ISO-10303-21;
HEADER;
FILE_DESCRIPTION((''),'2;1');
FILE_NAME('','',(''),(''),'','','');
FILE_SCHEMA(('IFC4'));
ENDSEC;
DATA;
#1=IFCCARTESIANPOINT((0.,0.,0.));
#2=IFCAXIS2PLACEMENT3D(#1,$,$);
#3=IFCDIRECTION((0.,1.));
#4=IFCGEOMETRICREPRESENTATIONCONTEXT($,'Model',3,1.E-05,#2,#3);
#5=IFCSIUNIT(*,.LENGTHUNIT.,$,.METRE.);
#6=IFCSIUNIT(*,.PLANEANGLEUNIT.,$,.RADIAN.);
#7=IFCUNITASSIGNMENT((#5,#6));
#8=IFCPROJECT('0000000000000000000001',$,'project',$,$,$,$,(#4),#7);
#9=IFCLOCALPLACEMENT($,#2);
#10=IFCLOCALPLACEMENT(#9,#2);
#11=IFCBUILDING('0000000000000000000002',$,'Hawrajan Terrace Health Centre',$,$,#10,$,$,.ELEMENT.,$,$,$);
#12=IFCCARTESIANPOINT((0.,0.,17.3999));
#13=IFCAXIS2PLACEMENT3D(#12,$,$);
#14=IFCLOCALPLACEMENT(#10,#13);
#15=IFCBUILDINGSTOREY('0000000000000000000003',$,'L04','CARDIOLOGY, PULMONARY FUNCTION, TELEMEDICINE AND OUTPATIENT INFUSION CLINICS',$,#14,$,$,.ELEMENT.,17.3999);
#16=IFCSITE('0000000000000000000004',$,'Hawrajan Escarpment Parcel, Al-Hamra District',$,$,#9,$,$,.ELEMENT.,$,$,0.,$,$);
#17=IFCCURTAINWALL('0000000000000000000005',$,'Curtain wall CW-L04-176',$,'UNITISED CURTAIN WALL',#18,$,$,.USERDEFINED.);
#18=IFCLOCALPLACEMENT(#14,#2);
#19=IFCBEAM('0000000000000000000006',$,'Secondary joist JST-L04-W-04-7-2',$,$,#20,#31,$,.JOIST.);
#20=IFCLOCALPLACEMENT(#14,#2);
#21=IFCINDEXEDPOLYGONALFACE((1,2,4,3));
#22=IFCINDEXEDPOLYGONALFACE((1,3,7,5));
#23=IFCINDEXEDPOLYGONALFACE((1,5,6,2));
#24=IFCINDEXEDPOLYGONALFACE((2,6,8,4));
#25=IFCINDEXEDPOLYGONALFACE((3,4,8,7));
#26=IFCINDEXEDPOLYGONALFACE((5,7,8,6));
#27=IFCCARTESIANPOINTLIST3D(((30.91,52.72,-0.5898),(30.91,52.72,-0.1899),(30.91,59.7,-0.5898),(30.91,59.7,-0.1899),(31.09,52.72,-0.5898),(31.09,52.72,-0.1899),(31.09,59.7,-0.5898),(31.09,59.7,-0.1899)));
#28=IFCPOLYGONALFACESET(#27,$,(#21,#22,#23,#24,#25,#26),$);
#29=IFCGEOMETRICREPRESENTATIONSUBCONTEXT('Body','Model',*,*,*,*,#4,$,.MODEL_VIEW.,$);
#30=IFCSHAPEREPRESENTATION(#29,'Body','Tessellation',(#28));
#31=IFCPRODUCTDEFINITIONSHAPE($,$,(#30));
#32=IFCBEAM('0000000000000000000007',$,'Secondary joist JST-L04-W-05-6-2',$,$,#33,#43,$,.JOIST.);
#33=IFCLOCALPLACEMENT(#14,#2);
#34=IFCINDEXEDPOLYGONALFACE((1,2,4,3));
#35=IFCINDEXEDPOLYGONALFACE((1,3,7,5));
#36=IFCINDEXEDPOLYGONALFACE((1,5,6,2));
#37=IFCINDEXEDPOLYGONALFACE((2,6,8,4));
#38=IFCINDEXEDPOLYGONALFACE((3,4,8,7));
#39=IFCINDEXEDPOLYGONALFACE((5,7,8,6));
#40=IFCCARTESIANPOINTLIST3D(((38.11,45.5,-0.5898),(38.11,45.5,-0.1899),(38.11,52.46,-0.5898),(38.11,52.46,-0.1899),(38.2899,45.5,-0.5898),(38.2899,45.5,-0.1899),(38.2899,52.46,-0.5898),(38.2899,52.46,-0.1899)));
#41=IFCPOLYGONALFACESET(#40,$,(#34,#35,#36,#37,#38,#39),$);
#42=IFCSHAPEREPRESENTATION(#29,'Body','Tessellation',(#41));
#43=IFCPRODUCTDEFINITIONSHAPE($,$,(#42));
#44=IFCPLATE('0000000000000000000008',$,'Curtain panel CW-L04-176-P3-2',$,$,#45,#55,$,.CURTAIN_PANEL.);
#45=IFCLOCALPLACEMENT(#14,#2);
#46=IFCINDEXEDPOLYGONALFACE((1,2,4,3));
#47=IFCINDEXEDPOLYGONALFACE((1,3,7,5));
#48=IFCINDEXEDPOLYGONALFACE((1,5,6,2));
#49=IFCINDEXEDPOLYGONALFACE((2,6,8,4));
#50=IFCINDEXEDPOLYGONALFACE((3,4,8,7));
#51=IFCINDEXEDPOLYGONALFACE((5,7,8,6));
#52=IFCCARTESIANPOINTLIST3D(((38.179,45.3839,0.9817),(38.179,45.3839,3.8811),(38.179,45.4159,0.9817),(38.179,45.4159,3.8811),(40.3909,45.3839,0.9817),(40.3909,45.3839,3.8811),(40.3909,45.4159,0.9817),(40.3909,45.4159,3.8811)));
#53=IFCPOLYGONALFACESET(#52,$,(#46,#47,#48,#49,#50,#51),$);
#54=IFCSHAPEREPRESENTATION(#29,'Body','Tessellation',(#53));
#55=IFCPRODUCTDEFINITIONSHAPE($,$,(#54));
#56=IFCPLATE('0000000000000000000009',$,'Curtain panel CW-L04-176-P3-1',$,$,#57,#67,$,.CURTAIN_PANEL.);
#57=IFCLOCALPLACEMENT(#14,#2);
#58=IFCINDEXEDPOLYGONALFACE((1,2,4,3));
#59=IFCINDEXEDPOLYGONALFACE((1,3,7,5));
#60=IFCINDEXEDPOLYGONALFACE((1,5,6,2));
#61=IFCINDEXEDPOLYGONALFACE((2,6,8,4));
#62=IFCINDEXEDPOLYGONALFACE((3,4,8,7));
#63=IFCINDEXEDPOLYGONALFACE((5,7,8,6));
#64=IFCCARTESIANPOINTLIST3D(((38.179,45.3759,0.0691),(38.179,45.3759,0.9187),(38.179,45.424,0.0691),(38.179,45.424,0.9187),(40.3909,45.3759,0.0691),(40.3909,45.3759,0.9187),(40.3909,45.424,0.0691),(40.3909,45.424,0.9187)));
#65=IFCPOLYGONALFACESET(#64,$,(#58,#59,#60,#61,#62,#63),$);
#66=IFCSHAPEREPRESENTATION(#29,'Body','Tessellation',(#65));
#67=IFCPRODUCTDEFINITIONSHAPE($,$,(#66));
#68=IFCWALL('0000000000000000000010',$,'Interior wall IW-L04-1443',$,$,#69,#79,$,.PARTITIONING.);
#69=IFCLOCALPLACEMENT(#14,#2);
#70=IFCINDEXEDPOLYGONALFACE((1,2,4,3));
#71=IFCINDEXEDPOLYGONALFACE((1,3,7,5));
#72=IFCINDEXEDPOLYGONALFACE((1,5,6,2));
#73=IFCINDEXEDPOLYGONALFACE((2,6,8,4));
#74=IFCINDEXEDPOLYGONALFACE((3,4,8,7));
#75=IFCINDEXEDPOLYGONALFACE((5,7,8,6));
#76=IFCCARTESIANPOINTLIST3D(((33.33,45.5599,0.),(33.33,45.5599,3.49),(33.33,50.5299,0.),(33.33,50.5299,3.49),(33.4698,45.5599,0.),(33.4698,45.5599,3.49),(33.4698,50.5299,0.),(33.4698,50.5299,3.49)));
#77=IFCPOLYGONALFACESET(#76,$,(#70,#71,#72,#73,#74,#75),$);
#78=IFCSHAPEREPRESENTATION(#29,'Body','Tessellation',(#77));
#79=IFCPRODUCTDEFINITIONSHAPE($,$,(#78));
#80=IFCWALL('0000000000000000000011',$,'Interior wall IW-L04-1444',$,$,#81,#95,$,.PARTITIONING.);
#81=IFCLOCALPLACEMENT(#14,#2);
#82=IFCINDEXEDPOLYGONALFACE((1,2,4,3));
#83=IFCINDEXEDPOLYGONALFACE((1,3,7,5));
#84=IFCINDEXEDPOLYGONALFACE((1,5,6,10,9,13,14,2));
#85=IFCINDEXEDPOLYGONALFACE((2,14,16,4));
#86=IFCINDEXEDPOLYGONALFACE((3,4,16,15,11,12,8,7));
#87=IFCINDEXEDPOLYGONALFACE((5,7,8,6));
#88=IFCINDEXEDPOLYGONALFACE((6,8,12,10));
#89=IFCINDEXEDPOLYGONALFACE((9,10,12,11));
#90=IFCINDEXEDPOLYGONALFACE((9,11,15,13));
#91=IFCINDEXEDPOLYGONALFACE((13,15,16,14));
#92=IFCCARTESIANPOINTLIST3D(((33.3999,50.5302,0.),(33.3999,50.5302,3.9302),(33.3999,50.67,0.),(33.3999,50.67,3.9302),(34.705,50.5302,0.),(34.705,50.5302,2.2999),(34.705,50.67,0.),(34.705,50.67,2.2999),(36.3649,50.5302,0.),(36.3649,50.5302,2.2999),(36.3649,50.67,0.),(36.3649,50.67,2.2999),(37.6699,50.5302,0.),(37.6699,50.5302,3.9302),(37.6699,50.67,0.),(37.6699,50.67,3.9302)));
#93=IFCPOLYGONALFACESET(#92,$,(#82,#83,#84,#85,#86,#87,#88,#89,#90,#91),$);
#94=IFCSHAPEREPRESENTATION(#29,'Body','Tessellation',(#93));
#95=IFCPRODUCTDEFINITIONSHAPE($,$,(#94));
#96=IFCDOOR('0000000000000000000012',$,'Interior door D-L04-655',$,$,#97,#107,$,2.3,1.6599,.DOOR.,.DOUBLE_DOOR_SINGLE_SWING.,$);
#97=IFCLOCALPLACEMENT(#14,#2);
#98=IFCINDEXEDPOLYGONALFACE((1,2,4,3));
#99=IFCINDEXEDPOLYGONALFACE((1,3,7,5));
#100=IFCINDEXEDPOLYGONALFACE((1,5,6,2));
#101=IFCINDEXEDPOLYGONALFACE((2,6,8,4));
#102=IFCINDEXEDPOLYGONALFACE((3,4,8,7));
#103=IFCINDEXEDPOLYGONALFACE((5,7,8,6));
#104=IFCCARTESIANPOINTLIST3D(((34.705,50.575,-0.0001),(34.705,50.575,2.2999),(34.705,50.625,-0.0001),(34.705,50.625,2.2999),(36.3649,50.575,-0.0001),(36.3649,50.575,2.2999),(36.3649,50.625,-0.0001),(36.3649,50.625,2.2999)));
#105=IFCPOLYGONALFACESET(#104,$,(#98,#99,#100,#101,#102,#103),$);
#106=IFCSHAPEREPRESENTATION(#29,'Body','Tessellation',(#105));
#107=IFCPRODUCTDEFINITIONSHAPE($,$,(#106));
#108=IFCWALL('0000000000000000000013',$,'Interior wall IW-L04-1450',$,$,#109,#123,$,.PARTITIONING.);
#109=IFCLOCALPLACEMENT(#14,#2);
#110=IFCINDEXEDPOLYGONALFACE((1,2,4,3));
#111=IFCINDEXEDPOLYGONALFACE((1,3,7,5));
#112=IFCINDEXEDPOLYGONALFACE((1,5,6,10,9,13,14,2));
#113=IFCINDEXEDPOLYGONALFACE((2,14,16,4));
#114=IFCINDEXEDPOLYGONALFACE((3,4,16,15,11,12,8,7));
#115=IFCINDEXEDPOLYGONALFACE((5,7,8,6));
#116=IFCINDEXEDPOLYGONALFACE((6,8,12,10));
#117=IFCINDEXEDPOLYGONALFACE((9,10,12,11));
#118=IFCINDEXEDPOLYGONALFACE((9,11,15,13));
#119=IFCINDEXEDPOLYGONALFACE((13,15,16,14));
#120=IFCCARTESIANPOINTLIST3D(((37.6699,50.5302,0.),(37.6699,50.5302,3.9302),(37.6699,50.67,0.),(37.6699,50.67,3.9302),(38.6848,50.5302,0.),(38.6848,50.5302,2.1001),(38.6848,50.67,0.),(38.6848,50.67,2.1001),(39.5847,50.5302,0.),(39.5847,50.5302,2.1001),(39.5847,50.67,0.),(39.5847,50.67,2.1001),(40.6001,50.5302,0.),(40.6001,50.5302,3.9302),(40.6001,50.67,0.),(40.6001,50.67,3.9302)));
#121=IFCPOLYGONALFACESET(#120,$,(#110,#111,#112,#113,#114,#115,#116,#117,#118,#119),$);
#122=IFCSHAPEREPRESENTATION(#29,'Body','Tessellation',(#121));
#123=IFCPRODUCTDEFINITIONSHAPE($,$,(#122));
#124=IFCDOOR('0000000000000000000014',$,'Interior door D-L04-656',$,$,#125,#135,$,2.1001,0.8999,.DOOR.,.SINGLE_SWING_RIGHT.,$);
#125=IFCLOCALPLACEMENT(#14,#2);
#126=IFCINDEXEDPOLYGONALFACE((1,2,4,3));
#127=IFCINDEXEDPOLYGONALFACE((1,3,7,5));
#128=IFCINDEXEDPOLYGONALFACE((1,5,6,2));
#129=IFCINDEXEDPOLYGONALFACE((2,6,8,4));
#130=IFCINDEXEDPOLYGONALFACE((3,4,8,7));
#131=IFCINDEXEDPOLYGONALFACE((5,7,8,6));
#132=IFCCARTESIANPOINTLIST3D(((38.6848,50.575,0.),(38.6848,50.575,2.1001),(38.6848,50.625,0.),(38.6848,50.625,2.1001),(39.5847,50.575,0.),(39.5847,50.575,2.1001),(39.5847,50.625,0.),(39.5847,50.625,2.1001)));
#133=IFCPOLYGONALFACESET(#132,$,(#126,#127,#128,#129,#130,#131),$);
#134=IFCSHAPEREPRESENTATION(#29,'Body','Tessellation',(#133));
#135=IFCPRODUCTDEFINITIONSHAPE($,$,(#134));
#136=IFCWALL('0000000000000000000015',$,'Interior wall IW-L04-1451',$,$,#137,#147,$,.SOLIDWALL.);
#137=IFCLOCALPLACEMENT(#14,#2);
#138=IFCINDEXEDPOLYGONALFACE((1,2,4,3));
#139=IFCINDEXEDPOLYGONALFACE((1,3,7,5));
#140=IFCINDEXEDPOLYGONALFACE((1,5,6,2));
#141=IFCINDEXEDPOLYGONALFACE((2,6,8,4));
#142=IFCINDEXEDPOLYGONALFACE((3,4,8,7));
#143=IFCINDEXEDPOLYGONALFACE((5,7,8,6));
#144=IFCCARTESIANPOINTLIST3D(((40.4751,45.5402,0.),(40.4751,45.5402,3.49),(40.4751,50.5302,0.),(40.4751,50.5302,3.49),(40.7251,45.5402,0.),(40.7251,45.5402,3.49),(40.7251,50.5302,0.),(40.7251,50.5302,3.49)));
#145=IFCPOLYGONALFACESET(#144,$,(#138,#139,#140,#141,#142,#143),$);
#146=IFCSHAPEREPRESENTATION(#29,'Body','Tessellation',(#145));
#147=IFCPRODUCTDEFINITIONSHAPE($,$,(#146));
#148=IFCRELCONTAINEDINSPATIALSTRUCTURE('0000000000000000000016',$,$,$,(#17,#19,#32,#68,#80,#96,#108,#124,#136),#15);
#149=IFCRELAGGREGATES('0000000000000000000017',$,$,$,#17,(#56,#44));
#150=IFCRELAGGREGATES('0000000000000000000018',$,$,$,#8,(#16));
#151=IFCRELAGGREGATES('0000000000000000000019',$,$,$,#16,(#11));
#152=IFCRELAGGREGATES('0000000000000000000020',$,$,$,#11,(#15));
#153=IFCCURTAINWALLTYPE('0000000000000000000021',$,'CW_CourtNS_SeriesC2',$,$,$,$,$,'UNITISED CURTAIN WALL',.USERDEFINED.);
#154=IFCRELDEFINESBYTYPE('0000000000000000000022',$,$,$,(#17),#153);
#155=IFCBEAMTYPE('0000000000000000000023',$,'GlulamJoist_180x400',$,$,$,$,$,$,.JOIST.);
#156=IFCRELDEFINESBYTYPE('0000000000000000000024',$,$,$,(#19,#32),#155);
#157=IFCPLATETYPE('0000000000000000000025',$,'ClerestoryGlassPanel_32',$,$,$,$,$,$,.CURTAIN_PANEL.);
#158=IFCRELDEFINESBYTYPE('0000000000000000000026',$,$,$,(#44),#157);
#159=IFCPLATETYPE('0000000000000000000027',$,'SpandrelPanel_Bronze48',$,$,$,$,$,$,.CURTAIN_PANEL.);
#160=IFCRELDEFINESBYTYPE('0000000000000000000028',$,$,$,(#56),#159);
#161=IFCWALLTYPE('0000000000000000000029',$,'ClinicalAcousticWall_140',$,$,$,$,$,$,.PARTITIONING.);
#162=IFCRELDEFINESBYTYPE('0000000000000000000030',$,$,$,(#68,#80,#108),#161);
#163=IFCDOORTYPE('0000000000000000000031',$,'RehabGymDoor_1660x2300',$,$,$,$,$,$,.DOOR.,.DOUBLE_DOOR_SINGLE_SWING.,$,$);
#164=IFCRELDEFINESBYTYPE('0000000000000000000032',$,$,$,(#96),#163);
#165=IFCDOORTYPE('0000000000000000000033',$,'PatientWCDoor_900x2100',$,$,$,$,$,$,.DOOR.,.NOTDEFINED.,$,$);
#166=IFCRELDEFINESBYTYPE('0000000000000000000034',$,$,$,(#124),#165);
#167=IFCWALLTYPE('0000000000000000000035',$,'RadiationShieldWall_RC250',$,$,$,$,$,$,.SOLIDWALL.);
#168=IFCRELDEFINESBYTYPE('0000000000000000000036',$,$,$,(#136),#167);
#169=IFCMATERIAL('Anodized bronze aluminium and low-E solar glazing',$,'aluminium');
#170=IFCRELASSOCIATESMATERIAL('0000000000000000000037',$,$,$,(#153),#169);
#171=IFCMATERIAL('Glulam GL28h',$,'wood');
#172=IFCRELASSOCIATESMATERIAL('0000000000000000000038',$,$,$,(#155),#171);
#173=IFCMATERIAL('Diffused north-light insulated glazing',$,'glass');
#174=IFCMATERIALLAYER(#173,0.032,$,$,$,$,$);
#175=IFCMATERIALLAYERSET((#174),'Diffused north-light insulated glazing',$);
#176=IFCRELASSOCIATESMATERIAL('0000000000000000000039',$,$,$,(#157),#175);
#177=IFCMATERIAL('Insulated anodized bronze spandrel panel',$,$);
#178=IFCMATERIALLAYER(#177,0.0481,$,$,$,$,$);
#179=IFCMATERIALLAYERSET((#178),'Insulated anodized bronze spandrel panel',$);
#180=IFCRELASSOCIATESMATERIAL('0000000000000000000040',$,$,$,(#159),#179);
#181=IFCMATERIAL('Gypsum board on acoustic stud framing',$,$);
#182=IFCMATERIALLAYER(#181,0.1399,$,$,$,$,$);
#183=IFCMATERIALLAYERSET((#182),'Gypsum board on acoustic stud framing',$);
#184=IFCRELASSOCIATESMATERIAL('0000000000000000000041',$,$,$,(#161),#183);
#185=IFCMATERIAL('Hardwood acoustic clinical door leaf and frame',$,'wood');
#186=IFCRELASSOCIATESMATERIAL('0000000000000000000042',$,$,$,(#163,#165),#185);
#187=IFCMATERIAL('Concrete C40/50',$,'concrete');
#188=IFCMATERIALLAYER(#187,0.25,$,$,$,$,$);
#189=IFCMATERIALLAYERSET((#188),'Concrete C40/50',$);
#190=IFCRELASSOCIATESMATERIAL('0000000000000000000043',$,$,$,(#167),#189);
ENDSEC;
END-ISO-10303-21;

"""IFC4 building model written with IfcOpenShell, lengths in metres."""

from ifc_helpers import new_model, si_unit, direction, frame, frame_2d, origin, origin_2d, place, context, subcontext, project, spatial, rectangle, extrude, material, layer, layer_set, material_profile, profile_set, type_object, element, fill, aggregate, save


model = new_model("IFC4")

# Units and contexts
model_context = context("Model", 3, precision=1e-05, world=origin(), true_north=direction((0.0, 1.0)))
body_context = subcontext(model_context, "Body", "Model", "MODEL_VIEW")
ifc_project = project(units=[si_unit("LENGTHUNIT", "METRE"), si_unit("PLANEANGLEUNIT", "RADIAN")], contexts=[model_context])

# Site, building, storey
site_placement = place(None, origin())
site = spatial("IfcSite", under=ifc_project, at=site_placement, Name="Hawrajan Escarpment Parcel, Al-Hamra District", CompositionType="ELEMENT", RefElevation=0.0)
building_placement = place(site_placement, origin())
building = spatial("IfcBuilding", under=site, at=building_placement, Name="Hawrajan Terrace Health Centre", CompositionType="ELEMENT")
storey_placement = place(building_placement, frame((0.0, 0.0, 17.3999)))
storey = spatial("IfcBuildingStorey", under=building, at=storey_placement, Name="L04", Description="CARDIOLOGY, PULMONARY FUNCTION, TELEMEDICINE AND OUTPATIENT INFUSION CLINICS", CompositionType="ELEMENT", Elevation=17.3999)

# Curtain wall
ifc_material_1 = material(Name="Anodized bronze aluminium and low-E solar glazing", Category="aluminium")
curtain_wall_type = type_object("IfcCurtainWallType", Name="CW_CourtNS_SeriesC2", ElementType="UNITISED CURTAIN WALL", PredefinedType="USERDEFINED", material=ifc_material_1)
curtain_wall_placement = place(storey_placement, origin())
curtain_wall = element("IfcCurtainWall", 1, at=curtain_wall_placement, inside=storey, type_object=curtain_wall_type, Name="Curtain wall CW-L04-176", ObjectType="UNITISED CURTAIN WALL", PredefinedType="USERDEFINED")

# Beams
ifc_material_2 = material(Name="Glulam GL28h", Category="wood")
ifc_material_profile_1 = material_profile(ifc_material_2, rectangle(XDim=0.1799, YDim=0.3999, at=origin_2d()), Name="GL JST 180x400")
ifc_profile_set_1 = profile_set([ifc_material_profile_1], Name="Glulam GL28h")
beam_type_1 = type_object("IfcBeamType", Name="GlulamJoist_180x400", PredefinedType="JOIST", material=ifc_profile_set_1)
beam_1_placement = place(storey_placement, frame((31.0, 52.72, -0.3899), z_axis=(0.0, 1.0, 0.0), x_axis=(-1.0, 0.0, 0.0)))
element("IfcBeam", 2, at=beam_1_placement, inside=storey, type_object=beam_type_1, Name="Secondary joist JST-L04-W-04-7-2", PredefinedType="JOIST", context=body_context, shape_type="SweptSolid", body=[
    extrude(rectangle(XDim=0.1799, YDim=0.3999, at=origin_2d()), origin(), (0.0, 0.0, 1.0), 6.98),
])
beam_2_placement = place(storey_placement, frame((38.2, 45.5, -0.3899), z_axis=(0.0, 1.0, 0.0), x_axis=(-1.0, 0.0, 0.0)))
element("IfcBeam", 3, at=beam_2_placement, inside=storey, type_object=beam_type_1, Name="Secondary joist JST-L04-W-05-6-2", PredefinedType="JOIST", context=body_context, shape_type="SweptSolid", body=[
    extrude(rectangle(XDim=0.1799, YDim=0.3999, at=origin_2d()), origin(), (0.0, 0.0, 1.0), 6.96),
])

# Plates
ifc_material_3 = material(Name="Diffused north-light insulated glazing", Category="glass")
ifc_layer_1 = layer(ifc_material_3, 0.032)
ifc_layer_set_1 = layer_set([ifc_layer_1], Name="Diffused north-light insulated glazing")
plate_type_1 = type_object("IfcPlateType", Name="ClerestoryGlassPanel_32", PredefinedType="CURTAIN_PANEL", material=ifc_layer_set_1)
plate_1_placement = place(storey_placement, frame((39.2849, 45.3999, 0.9817), z_axis=(0.0, 0.0, 1.0), x_axis=(1.0, 0.0, 0.0)))
plate_1 = element("IfcPlate", 4, at=plate_1_placement, type_object=plate_type_1, Name="Curtain panel CW-L04-176-P3-2", PredefinedType="CURTAIN_PANEL", context=body_context, shape_type="SweptSolid", body=[
    extrude(rectangle(XDim=2.2119, YDim=0.032, at=origin_2d()), origin(), (0.0, 0.0, 1.0), 2.8994),
])
ifc_material_4 = material(Name="Insulated anodized bronze spandrel panel")
ifc_layer_2 = layer(ifc_material_4, 0.0481)
ifc_layer_set_2 = layer_set([ifc_layer_2], Name="Insulated anodized bronze spandrel panel")
plate_type_2 = type_object("IfcPlateType", Name="SpandrelPanel_Bronze48", PredefinedType="CURTAIN_PANEL", material=ifc_layer_set_2)
plate_2_placement = place(storey_placement, frame((39.2849, 45.3999, 0.0691), z_axis=(0.0, 0.0, 1.0), x_axis=(1.0, 0.0, 0.0)))
plate_2 = element("IfcPlate", 5, at=plate_2_placement, type_object=plate_type_2, Name="Curtain panel CW-L04-176-P3-1", PredefinedType="CURTAIN_PANEL", context=body_context, shape_type="SweptSolid", body=[
    extrude(rectangle(XDim=2.2119, YDim=0.0481, at=origin_2d()), origin(), (0.0, 0.0, 1.0), 0.8496),
])
aggregate(curtain_wall, [plate_2, plate_1])

# Wall
ifc_material_5 = material(Name="Gypsum board on acoustic stud framing")
ifc_layer_3 = layer(ifc_material_5, 0.1399)
ifc_layer_set_3 = layer_set([ifc_layer_3], Name="Gypsum board on acoustic stud framing")
wall_type_1 = type_object("IfcWallType", Name="ClinicalAcousticWall_140", PredefinedType="PARTITIONING", material=ifc_layer_set_3)
wall_1_placement = place(storey_placement, frame((33.3999, 45.5601, 0.0), z_axis=(0.0, 0.0, 1.0), x_axis=(0.0, 1.0, 0.0)))
element("IfcWall", 6, at=wall_1_placement, inside=storey, type_object=wall_type_1, Name="Interior wall IW-L04-1443", PredefinedType="PARTITIONING", context=body_context, shape_type="SweptSolid", body=[
    extrude(rectangle(XDim=4.97, YDim=0.1399, at=frame_2d((2.4849, 0.0))), origin(), (0.0, 0.0, 1.0), 3.49),
])

# Walls, openings, doors
wall_2_placement = place(storey_placement, frame((33.3999, 50.6001, 0.0), z_axis=(0.0, 0.0, 1.0), x_axis=(1.0, 0.0, 0.0)))
wall_2 = element("IfcWall", 7, at=wall_2_placement, inside=storey, type_object=wall_type_1, Name="Interior wall IW-L04-1444", PredefinedType="PARTITIONING", context=body_context, shape_type="SweptSolid", body=[
    extrude(rectangle(XDim=4.27, YDim=0.1399, at=frame_2d((2.135, 0.0))), origin(), (0.0, 0.0, 1.0), 3.9302),
])
opening_1_placement = place(wall_2_placement, frame((1.3049, 0.0, 0.0)))
opening_1 = element("IfcOpeningElement", 8, at=opening_1_placement, cuts=wall_2, PredefinedType="OPENING", context=body_context, shape_type="SweptSolid", body=[
    extrude(rectangle(XDim=1.6599, YDim=2.3, at=frame_2d((0.8301, 1.1499))), frame((0.0, 0.0798, 0.0), z_axis=(0.0, -1.0, 0.0), x_axis=(1.0, 0.0, 0.0)), (0.0, 0.0, 1.0), 0.1599),
])
ifc_material_6 = material(Name="Hardwood acoustic clinical door leaf and frame", Category="wood")
door_type_1 = type_object("IfcDoorType", Name="RehabGymDoor_1660x2300", OperationType="DOUBLE_DOOR_SINGLE_SWING", PredefinedType="DOOR", material=ifc_material_6)
door_1_placement = place(opening_1_placement, origin())
door_1 = element("IfcDoor", 9, at=door_1_placement, inside=storey, type_object=door_type_1, Name="Interior door D-L04-655", OperationType="DOUBLE_DOOR_SINGLE_SWING", OverallHeight=2.3, OverallWidth=1.6599, PredefinedType="DOOR", context=body_context, shape_type="SweptSolid", body=[
    extrude(rectangle(XDim=1.6599, YDim=2.3, at=frame_2d((0.8301, 1.1499))), frame((0.0, 0.0249, 0.0), z_axis=(0.0, -1.0, 0.0), x_axis=(1.0, 0.0, 0.0)), (0.0, 0.0, 1.0), 0.05),
])
fill(opening_1, door_1)
wall_3_placement = place(storey_placement, frame((37.6699, 50.6001, 0.0), z_axis=(0.0, 0.0, 1.0), x_axis=(1.0, 0.0, 0.0)))
wall_3 = element("IfcWall", 10, at=wall_3_placement, inside=storey, type_object=wall_type_1, Name="Interior wall IW-L04-1450", PredefinedType="PARTITIONING", context=body_context, shape_type="SweptSolid", body=[
    extrude(rectangle(XDim=2.9302, YDim=0.1399, at=frame_2d((1.4651, 0.0))), origin(), (0.0, 0.0, 1.0), 3.9302),
])
opening_2_placement = place(wall_3_placement, frame((1.0149, 0.0, 0.0)))
opening_2 = element("IfcOpeningElement", 11, at=opening_2_placement, cuts=wall_3, PredefinedType="OPENING", context=body_context, shape_type="SweptSolid", body=[
    extrude(rectangle(XDim=0.8999, YDim=2.1001, at=frame_2d((0.45, 1.05))), frame((0.0, 0.0798, 0.0), z_axis=(0.0, -1.0, 0.0), x_axis=(1.0, 0.0, 0.0)), (0.0, 0.0, 1.0), 0.1599),
])
door_type_2 = type_object("IfcDoorType", Name="PatientWCDoor_900x2100", OperationType="NOTDEFINED", PredefinedType="DOOR", material=ifc_material_6)
door_2_placement = place(opening_2_placement, origin())
door_2 = element("IfcDoor", 12, at=door_2_placement, inside=storey, type_object=door_type_2, Name="Interior door D-L04-656", OperationType="SINGLE_SWING_RIGHT", OverallHeight=2.1001, OverallWidth=0.8999, PredefinedType="DOOR", context=body_context, shape_type="SweptSolid", body=[
    extrude(rectangle(XDim=0.8999, YDim=2.1001, at=frame_2d((0.45, 1.05))), frame((0.0, 0.0249, 0.0), z_axis=(0.0, -1.0, 0.0), x_axis=(1.0, 0.0, 0.0)), (0.0, 0.0, 1.0), 0.05),
])
fill(opening_2, door_2)

# Wall
ifc_material_7 = material(Name="Concrete C40/50", Category="concrete")
ifc_layer_4 = layer(ifc_material_7, 0.25)
ifc_layer_set_4 = layer_set([ifc_layer_4], Name="Concrete C40/50")
wall_type_2 = type_object("IfcWallType", Name="RadiationShieldWall_RC250", PredefinedType="SOLIDWALL", material=ifc_layer_set_4)
wall_4_placement = place(storey_placement, frame((40.6001, 45.54, 0.0), z_axis=(0.0, 0.0, 1.0), x_axis=(0.0, 1.0, 0.0)))
element("IfcWall", 13, at=wall_4_placement, inside=storey, type_object=wall_type_2, Name="Interior wall IW-L04-1451", PredefinedType="SOLIDWALL", context=body_context, shape_type="SweptSolid", body=[
    extrude(rectangle(XDim=4.99, YDim=0.25, at=frame_2d((2.4951, 0.0))), origin(), (0.0, 0.0, 1.0), 3.49),
])

save(model, "model.ifc")
